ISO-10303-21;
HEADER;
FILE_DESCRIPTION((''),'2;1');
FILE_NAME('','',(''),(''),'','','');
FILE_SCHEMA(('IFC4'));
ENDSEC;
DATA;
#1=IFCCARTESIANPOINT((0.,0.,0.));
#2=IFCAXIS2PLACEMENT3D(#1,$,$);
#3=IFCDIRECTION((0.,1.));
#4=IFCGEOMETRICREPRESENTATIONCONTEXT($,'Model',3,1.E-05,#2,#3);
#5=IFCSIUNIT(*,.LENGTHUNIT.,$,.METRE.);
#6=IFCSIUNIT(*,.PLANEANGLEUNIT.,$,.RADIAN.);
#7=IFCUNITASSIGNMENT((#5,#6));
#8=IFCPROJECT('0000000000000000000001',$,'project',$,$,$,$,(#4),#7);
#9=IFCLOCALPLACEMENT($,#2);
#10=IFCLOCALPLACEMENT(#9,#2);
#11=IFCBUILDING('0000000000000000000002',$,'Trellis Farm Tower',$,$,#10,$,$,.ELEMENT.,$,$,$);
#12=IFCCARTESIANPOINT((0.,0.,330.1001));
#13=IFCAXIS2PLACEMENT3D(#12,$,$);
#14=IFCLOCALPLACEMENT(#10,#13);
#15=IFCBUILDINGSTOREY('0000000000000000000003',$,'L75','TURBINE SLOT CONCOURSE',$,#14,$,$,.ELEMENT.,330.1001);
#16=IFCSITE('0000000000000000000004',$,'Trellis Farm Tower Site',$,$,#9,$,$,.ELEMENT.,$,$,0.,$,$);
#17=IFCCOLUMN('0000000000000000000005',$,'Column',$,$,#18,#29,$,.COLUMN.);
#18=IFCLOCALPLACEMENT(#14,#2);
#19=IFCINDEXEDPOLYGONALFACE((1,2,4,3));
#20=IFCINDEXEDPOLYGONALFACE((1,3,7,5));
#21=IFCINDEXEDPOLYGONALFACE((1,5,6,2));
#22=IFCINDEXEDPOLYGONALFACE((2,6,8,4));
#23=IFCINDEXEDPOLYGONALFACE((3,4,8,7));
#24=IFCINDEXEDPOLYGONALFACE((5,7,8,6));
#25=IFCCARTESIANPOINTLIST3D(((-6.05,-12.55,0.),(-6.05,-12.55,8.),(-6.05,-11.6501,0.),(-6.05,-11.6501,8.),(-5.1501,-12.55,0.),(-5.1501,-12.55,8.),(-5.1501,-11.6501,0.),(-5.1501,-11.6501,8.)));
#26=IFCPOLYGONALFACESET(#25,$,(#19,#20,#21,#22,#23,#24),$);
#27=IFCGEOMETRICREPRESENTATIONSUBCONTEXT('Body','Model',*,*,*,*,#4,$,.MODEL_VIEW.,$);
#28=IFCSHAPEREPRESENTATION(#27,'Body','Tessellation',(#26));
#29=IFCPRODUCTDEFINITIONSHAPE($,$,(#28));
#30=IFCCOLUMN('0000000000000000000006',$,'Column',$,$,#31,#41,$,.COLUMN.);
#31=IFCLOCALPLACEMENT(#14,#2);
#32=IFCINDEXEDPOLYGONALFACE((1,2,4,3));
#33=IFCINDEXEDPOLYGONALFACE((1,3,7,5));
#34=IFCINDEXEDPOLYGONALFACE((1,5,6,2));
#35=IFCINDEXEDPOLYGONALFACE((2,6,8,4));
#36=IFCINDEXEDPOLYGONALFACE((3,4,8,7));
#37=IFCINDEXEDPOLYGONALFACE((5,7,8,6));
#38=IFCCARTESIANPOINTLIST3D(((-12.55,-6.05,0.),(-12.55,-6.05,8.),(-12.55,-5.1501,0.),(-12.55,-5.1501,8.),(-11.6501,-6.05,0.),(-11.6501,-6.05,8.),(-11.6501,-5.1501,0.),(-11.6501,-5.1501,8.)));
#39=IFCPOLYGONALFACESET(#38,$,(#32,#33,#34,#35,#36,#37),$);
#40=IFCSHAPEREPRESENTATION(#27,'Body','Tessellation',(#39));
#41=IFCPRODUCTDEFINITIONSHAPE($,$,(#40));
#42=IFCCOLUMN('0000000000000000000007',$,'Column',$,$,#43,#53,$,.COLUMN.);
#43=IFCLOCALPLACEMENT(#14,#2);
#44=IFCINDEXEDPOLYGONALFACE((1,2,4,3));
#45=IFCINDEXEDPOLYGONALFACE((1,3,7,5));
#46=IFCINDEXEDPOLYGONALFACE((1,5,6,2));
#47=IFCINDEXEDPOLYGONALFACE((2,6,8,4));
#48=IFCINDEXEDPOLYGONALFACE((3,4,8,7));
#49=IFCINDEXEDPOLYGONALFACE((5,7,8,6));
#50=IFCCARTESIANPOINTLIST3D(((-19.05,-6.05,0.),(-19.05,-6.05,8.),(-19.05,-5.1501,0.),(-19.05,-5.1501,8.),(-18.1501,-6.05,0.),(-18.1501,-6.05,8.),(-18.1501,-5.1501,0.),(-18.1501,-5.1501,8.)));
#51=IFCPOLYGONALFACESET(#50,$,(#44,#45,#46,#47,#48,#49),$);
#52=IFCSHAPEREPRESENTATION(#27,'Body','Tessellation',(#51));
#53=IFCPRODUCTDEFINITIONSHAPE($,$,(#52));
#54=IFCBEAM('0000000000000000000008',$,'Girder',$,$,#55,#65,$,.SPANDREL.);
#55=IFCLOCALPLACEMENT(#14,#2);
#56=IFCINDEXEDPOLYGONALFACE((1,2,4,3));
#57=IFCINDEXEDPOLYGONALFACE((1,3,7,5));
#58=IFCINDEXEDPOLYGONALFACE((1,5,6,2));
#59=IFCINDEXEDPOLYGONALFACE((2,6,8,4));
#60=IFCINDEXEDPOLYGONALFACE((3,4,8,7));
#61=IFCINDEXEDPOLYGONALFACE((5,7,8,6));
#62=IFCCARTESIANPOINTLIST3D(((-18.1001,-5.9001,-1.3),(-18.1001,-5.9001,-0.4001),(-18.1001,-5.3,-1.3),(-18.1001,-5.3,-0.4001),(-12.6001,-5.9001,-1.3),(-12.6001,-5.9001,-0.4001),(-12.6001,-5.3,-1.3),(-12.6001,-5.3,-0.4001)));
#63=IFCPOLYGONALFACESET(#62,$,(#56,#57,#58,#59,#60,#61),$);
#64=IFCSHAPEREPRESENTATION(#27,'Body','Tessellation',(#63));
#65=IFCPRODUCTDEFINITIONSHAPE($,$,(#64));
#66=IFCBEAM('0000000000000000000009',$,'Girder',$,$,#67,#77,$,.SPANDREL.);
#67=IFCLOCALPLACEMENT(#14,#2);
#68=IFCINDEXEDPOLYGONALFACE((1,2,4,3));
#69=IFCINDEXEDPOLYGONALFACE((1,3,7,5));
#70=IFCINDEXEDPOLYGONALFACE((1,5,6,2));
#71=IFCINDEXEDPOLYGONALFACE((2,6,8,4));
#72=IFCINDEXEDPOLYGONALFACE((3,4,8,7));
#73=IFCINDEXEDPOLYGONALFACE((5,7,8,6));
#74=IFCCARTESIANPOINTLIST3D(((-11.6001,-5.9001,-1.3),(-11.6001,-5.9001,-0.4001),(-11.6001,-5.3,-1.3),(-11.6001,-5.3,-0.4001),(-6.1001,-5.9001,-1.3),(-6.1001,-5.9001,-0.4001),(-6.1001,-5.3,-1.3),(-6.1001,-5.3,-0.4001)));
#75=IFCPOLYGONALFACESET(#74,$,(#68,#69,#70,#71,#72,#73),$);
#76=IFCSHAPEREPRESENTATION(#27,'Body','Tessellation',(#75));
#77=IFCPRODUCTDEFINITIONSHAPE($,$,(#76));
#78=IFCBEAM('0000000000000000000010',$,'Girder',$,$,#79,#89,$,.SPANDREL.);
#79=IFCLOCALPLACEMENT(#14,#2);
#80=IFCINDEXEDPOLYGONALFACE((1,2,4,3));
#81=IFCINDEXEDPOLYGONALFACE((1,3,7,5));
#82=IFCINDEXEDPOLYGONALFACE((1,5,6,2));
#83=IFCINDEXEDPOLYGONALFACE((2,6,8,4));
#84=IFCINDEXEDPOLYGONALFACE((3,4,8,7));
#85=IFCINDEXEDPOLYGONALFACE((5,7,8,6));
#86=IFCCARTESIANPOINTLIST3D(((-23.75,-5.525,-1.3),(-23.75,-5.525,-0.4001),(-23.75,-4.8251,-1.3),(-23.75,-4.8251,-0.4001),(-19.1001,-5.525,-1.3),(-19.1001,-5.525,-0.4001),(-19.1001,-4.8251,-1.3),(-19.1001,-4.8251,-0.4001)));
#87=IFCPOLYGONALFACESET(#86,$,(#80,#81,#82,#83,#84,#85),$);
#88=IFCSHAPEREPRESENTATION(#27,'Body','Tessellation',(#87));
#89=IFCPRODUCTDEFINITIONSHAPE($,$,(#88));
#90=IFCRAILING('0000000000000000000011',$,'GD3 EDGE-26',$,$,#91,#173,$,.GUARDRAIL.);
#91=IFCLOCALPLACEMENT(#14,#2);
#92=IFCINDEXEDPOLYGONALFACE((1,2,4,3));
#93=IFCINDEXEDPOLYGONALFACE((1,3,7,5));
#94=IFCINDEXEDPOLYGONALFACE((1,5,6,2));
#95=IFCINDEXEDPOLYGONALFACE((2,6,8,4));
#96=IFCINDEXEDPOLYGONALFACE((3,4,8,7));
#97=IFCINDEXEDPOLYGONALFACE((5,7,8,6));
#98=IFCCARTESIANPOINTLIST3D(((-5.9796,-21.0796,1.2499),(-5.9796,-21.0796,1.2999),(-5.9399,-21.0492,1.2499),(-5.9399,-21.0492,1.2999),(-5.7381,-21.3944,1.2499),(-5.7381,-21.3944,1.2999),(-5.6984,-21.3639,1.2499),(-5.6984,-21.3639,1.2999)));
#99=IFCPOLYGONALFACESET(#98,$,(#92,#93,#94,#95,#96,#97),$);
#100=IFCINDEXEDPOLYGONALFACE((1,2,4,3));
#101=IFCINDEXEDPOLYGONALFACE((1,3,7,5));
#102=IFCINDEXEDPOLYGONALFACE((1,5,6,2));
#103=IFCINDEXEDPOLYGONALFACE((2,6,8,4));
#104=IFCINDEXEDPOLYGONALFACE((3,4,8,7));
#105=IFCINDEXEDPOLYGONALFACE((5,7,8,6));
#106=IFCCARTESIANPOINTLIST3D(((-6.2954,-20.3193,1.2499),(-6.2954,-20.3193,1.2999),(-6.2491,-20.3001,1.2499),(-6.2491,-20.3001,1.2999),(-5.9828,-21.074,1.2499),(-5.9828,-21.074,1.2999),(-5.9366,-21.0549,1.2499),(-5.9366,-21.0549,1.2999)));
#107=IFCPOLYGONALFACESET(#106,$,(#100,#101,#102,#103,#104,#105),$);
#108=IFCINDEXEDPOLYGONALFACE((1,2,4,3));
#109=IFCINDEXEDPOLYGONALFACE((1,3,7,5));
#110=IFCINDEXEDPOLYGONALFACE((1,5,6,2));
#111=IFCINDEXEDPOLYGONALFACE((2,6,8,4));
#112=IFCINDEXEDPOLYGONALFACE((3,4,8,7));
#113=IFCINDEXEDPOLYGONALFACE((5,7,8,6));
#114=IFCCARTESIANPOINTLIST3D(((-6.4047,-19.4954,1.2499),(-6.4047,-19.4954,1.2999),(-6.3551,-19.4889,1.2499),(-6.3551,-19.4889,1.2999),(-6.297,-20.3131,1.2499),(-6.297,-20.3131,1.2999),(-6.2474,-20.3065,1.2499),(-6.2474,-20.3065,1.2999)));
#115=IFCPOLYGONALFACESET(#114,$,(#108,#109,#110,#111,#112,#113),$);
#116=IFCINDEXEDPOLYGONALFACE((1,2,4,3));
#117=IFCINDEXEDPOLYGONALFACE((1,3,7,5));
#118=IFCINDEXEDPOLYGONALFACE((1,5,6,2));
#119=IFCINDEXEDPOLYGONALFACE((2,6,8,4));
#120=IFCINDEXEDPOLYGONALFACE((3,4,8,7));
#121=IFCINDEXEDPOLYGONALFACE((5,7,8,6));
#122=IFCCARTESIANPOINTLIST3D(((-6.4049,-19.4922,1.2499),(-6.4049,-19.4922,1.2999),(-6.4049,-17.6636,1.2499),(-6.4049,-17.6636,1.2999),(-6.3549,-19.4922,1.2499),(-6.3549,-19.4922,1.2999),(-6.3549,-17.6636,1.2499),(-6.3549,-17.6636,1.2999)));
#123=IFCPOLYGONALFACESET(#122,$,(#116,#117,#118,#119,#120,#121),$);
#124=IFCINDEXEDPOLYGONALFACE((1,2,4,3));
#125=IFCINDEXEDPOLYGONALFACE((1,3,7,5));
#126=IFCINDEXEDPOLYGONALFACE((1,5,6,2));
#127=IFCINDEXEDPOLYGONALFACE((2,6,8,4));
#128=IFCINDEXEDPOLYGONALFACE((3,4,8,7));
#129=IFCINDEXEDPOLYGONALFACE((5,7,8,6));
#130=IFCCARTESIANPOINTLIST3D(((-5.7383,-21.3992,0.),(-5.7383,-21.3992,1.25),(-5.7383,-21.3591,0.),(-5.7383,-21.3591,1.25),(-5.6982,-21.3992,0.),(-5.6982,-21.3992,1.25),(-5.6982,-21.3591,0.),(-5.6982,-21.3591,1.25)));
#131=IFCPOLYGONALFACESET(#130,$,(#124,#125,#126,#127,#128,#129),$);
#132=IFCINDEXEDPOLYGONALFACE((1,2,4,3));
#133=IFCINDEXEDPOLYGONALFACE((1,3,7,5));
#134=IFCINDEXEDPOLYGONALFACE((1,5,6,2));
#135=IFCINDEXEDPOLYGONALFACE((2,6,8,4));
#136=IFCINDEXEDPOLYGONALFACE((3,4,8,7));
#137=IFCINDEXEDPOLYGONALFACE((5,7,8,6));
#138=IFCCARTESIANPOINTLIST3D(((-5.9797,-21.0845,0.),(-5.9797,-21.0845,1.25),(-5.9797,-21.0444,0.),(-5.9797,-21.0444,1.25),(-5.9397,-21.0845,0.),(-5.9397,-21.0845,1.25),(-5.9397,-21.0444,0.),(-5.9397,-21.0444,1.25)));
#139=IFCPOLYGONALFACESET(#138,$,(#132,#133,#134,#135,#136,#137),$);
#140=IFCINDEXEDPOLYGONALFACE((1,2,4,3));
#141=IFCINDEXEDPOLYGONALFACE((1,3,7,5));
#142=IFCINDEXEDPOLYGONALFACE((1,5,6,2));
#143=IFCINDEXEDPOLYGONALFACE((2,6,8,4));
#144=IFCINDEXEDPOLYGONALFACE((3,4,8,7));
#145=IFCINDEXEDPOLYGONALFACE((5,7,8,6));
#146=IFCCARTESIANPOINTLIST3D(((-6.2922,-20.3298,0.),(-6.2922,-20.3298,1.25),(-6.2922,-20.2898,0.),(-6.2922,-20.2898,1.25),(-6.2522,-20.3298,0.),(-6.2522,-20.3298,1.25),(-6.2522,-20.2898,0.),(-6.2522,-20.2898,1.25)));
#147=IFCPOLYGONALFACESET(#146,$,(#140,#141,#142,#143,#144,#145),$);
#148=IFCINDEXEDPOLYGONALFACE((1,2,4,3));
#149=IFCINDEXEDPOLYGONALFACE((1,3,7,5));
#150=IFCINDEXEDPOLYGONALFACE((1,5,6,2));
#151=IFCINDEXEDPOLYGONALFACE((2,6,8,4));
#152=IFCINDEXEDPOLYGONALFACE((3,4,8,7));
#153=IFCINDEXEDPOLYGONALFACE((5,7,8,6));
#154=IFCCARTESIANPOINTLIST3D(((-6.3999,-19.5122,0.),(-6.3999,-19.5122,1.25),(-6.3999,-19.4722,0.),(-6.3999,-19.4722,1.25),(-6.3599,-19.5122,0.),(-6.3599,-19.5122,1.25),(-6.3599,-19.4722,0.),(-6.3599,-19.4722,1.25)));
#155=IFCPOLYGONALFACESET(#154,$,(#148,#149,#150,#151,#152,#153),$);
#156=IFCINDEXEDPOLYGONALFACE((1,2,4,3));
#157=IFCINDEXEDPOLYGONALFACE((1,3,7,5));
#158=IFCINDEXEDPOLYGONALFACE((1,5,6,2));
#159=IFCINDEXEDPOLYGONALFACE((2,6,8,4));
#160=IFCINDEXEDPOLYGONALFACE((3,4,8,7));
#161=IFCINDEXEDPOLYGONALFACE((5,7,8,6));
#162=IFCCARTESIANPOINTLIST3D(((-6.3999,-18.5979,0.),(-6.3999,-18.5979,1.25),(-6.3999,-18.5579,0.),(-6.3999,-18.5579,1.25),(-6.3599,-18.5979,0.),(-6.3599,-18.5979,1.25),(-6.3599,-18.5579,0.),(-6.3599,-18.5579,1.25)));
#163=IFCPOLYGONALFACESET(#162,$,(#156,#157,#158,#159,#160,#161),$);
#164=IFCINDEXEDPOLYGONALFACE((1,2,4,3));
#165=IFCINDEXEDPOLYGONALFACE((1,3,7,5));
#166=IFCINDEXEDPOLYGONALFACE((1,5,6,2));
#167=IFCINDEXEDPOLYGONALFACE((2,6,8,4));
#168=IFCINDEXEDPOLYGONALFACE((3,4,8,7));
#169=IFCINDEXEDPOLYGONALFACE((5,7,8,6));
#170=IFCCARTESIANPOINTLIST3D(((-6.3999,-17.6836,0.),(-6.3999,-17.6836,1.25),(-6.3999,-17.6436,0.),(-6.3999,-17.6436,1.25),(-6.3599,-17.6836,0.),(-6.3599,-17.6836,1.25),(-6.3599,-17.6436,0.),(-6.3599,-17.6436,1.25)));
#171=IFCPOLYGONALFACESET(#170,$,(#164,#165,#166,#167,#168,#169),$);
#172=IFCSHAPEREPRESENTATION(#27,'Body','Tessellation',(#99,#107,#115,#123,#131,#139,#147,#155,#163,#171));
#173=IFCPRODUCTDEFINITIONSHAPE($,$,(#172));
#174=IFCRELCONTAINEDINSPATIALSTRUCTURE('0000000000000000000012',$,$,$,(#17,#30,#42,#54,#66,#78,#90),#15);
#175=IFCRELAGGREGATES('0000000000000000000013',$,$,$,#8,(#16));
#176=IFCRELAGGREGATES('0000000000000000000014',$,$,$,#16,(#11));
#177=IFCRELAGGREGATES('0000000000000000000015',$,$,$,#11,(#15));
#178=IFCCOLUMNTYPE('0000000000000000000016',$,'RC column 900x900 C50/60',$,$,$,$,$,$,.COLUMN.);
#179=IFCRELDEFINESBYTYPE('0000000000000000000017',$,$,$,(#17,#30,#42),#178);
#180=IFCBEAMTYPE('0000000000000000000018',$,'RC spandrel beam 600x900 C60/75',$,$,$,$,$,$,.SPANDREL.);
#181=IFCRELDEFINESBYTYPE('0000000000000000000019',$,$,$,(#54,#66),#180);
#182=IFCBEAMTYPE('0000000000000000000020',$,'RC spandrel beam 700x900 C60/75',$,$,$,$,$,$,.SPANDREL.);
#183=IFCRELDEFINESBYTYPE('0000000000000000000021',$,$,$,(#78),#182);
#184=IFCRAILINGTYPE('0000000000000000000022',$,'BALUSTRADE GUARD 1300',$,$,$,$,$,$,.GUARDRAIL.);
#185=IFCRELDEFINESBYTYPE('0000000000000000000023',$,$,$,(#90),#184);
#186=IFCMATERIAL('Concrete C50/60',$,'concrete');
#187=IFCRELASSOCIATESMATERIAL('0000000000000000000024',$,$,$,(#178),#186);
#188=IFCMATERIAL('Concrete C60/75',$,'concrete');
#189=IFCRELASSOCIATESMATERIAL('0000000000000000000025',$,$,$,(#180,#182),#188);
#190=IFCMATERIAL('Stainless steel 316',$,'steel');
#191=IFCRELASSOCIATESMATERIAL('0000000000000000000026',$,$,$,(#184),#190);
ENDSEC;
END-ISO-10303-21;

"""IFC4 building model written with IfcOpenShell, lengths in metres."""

from ifc_helpers import new_model, si_unit, direction, frame, origin, origin_2d, place, context, subcontext, project, spatial, rectangle, extrude, source, transform, mapped, material, material_profile, profile_set, type_object, element, save


model = new_model("IFC4")

# Units and contexts
model_context = context("Model", 3, precision=1e-05, world=origin(), true_north=direction((0.0, 1.0)))
body_context = subcontext(model_context, "Body", "Model", "MODEL_VIEW")
ifc_project = project(units=[si_unit("LENGTHUNIT", "METRE"), si_unit("PLANEANGLEUNIT", "RADIAN")], contexts=[model_context])

# Site, building, storey
site_placement = place(None, origin())
site = spatial("IfcSite", under=ifc_project, at=site_placement, Name="Trellis Farm Tower Site", CompositionType="ELEMENT", RefElevation=0.0)
building_placement = place(site_placement, origin())
building = spatial("IfcBuilding", under=site, at=building_placement, Name="Trellis Farm Tower", CompositionType="ELEMENT")
storey_placement = place(building_placement, frame((0.0, 0.0, 330.1001)))
storey = spatial("IfcBuildingStorey", under=building, at=storey_placement, Name="L75", Description="TURBINE SLOT CONCOURSE", CompositionType="ELEMENT", Elevation=330.1001)

# Columns
ifc_material_1 = material(Name="Concrete C50/60", Category="concrete")
ifc_material_profile_1 = material_profile(ifc_material_1, rectangle(XDim=0.8999, YDim=0.8999, at=origin_2d()), Name="RC column 900x900 C50/60")
ifc_profile_set_1 = profile_set([ifc_material_profile_1], Name="Concrete C50/60")
column_type = type_object("IfcColumnType", Name="RC column 900x900 C50/60", PredefinedType="COLUMN", material=ifc_profile_set_1)
shared_shape_1 = source(origin(), body_context, "Body", "SweptSolid", [
    extrude(rectangle(XDim=0.8999, YDim=0.8999, at=origin_2d()), origin(), (0.0, 0.0, 1.0), 8.0),
])
for number, where, z_axis, x_axis, name in (
    (1, (-5.6001, -12.1001, 0.0), (0.0, 0.0, 1.0), (1.0, 0.0, 0.0), "Column"),
    (2, (-12.1001, -5.6001, 0.0), (0.0, 0.0, 1.0), (1.0, 0.0, 0.0), "Column"),
    (3, (-18.6001, -5.6001, 0.0), (0.0, 0.0, 1.0), (1.0, 0.0, 0.0), "Column"),
):
    element("IfcColumn", number, at=place(storey_placement, frame(where, z_axis=z_axis, x_axis=x_axis)), inside=storey, type_object=column_type, Name=name, PredefinedType="COLUMN", context=body_context, shape_type="MappedRepresentation", body=[
        mapped(shared_shape_1, transform((0.0, 0.0, 0.0))),
    ])

# Beams
ifc_material_2 = material(Name="Concrete C60/75", Category="concrete")
ifc_material_profile_2 = material_profile(ifc_material_2, rectangle(XDim=0.6001, YDim=0.8999, at=origin_2d()), Name="RC spandrel beam 600x900 C60/75")
ifc_profile_set_2 = profile_set([ifc_material_profile_2], Name="Concrete C60/75")
beam_type_1 = type_object("IfcBeamType", Name="RC spandrel beam 600x900 C60/75", PredefinedType="SPANDREL", material=ifc_profile_set_2)
shared_shape_2 = source(origin(), body_context, "Body", "SweptSolid", [
    extrude(rectangle(XDim=0.6001, YDim=0.8999, at=origin_2d()), origin(), (0.0, 0.0, 1.0), 5.5),
])
for number, where, z_axis, x_axis, name in (
    (4, (-18.1001, -5.6001, -0.8501), (1.0, 0.0, 0.0), (0.0, 1.0, 0.0), "Girder"),
    (5, (-11.6001, -5.6001, -0.8501), (1.0, 0.0, 0.0), (0.0, 1.0, 0.0), "Girder"),
):
    element("IfcBeam", number, at=place(storey_placement, frame(where, z_axis=z_axis, x_axis=x_axis)), inside=storey, type_object=beam_type_1, Name=name, PredefinedType="SPANDREL", context=body_context, shape_type="MappedRepresentation", body=[
        mapped(shared_shape_2, transform((0.0, 0.0, 0.0))),
    ])
ifc_material_profile_3 = material_profile(ifc_material_2, rectangle(XDim=0.7, YDim=0.8999, at=origin_2d()), Name="RC spandrel beam 700x900 C60/75")
ifc_profile_set_3 = profile_set([ifc_material_profile_3], Name="Concrete C60/75")
beam_type_2 = type_object("IfcBeamType", Name="RC spandrel beam 700x900 C60/75", PredefinedType="SPANDREL", material=ifc_profile_set_3)
shared_shape_3 = source(origin(), body_context, "Body", "SweptSolid", [
    extrude(rectangle(XDim=0.7, YDim=0.8999, at=origin_2d()), origin(), (0.0, 0.0, 1.0), 4.6499),
])
beam_placement = place(storey_placement, frame((-23.75, -5.175, -0.8501), z_axis=(1.0, 0.0, 0.0), x_axis=(0.0, 1.0, 0.0)))
element("IfcBeam", 6, at=beam_placement, inside=storey, type_object=beam_type_2, Name="Girder", PredefinedType="SPANDREL", context=body_context, shape_type="MappedRepresentation", body=[
    mapped(shared_shape_3, transform((0.0, 0.0, 0.0))),
])

# Railing
ifc_material_3 = material(Name="Stainless steel 316", Category="steel")
railing_type = type_object("IfcRailingType", Name="BALUSTRADE GUARD 1300", PredefinedType="GUARDRAIL", material=ifc_material_3)
railing_1_placement = place(storey_placement, frame((-5.7183, -21.3792, 0.0)))
element("IfcRailing", 7, at=railing_1_placement, inside=storey, type_object=railing_type, Name="GD3 EDGE-26", PredefinedType="GUARDRAIL", context=body_context, shape_type="SweptSolid", body=[
    extrude(rectangle(XDim=0.05, YDim=0.05, at=origin_2d()), frame((0.0, 0.0, 1.2749), z_axis=(-0.608729, 0.793378, 0.0), x_axis=(-0.793378, -0.608729, 0.0)), (0.0, 0.0, 1.0), 0.3967),
    extrude(rectangle(XDim=0.05, YDim=0.05, at=origin_2d()), frame((-0.2415, 0.3147, 1.2749), z_axis=(-0.382598, 0.923915, 0.0), x_axis=(-0.923915, -0.382598, 0.0)), (0.0, 0.0, 1.0), 0.8169),
    extrude(rectangle(XDim=0.05, YDim=0.05, at=origin_2d()), frame((-0.554, 1.0693, 1.2749), z_axis=(-0.130554, 0.991441, 0.0), x_axis=(-0.991441, -0.130554, 0.0)), (0.0, 0.0, 1.0), 0.8247),
    extrude(rectangle(XDim=0.05, YDim=0.05, at=origin_2d()), frame((-0.6616, 1.887, 1.2749), z_axis=(0.0, 1.0, 0.0), x_axis=(-1.0, 0.0, 0.0)), (0.0, 0.0, 1.0), 1.8286),
    extrude(rectangle(XDim=0.04, YDim=0.04, at=origin_2d()), origin(), (0.0, 0.0, 1.0), 1.25),
    extrude(rectangle(XDim=0.04, YDim=0.04, at=origin_2d()), frame((-0.2415, 0.3147, 0.0)), (0.0, 0.0, 1.0), 1.25),
    extrude(rectangle(XDim=0.04, YDim=0.04, at=origin_2d()), frame((-0.554, 1.0693, 0.0)), (0.0, 0.0, 1.0), 1.25),
    extrude(rectangle(XDim=0.04, YDim=0.04, at=origin_2d()), frame((-0.6616, 1.887, 0.0)), (0.0, 0.0, 1.0), 1.25),
    extrude(rectangle(XDim=0.04, YDim=0.04, at=origin_2d()), frame((-0.6616, 2.8013, 0.0)), (0.0, 0.0, 1.0), 1.25),
    extrude(rectangle(XDim=0.04, YDim=0.04, at=origin_2d()), frame((-0.6616, 3.7156, 0.0)), (0.0, 0.0, 1.0), 1.25),
])

save(model, "model.ifc")
